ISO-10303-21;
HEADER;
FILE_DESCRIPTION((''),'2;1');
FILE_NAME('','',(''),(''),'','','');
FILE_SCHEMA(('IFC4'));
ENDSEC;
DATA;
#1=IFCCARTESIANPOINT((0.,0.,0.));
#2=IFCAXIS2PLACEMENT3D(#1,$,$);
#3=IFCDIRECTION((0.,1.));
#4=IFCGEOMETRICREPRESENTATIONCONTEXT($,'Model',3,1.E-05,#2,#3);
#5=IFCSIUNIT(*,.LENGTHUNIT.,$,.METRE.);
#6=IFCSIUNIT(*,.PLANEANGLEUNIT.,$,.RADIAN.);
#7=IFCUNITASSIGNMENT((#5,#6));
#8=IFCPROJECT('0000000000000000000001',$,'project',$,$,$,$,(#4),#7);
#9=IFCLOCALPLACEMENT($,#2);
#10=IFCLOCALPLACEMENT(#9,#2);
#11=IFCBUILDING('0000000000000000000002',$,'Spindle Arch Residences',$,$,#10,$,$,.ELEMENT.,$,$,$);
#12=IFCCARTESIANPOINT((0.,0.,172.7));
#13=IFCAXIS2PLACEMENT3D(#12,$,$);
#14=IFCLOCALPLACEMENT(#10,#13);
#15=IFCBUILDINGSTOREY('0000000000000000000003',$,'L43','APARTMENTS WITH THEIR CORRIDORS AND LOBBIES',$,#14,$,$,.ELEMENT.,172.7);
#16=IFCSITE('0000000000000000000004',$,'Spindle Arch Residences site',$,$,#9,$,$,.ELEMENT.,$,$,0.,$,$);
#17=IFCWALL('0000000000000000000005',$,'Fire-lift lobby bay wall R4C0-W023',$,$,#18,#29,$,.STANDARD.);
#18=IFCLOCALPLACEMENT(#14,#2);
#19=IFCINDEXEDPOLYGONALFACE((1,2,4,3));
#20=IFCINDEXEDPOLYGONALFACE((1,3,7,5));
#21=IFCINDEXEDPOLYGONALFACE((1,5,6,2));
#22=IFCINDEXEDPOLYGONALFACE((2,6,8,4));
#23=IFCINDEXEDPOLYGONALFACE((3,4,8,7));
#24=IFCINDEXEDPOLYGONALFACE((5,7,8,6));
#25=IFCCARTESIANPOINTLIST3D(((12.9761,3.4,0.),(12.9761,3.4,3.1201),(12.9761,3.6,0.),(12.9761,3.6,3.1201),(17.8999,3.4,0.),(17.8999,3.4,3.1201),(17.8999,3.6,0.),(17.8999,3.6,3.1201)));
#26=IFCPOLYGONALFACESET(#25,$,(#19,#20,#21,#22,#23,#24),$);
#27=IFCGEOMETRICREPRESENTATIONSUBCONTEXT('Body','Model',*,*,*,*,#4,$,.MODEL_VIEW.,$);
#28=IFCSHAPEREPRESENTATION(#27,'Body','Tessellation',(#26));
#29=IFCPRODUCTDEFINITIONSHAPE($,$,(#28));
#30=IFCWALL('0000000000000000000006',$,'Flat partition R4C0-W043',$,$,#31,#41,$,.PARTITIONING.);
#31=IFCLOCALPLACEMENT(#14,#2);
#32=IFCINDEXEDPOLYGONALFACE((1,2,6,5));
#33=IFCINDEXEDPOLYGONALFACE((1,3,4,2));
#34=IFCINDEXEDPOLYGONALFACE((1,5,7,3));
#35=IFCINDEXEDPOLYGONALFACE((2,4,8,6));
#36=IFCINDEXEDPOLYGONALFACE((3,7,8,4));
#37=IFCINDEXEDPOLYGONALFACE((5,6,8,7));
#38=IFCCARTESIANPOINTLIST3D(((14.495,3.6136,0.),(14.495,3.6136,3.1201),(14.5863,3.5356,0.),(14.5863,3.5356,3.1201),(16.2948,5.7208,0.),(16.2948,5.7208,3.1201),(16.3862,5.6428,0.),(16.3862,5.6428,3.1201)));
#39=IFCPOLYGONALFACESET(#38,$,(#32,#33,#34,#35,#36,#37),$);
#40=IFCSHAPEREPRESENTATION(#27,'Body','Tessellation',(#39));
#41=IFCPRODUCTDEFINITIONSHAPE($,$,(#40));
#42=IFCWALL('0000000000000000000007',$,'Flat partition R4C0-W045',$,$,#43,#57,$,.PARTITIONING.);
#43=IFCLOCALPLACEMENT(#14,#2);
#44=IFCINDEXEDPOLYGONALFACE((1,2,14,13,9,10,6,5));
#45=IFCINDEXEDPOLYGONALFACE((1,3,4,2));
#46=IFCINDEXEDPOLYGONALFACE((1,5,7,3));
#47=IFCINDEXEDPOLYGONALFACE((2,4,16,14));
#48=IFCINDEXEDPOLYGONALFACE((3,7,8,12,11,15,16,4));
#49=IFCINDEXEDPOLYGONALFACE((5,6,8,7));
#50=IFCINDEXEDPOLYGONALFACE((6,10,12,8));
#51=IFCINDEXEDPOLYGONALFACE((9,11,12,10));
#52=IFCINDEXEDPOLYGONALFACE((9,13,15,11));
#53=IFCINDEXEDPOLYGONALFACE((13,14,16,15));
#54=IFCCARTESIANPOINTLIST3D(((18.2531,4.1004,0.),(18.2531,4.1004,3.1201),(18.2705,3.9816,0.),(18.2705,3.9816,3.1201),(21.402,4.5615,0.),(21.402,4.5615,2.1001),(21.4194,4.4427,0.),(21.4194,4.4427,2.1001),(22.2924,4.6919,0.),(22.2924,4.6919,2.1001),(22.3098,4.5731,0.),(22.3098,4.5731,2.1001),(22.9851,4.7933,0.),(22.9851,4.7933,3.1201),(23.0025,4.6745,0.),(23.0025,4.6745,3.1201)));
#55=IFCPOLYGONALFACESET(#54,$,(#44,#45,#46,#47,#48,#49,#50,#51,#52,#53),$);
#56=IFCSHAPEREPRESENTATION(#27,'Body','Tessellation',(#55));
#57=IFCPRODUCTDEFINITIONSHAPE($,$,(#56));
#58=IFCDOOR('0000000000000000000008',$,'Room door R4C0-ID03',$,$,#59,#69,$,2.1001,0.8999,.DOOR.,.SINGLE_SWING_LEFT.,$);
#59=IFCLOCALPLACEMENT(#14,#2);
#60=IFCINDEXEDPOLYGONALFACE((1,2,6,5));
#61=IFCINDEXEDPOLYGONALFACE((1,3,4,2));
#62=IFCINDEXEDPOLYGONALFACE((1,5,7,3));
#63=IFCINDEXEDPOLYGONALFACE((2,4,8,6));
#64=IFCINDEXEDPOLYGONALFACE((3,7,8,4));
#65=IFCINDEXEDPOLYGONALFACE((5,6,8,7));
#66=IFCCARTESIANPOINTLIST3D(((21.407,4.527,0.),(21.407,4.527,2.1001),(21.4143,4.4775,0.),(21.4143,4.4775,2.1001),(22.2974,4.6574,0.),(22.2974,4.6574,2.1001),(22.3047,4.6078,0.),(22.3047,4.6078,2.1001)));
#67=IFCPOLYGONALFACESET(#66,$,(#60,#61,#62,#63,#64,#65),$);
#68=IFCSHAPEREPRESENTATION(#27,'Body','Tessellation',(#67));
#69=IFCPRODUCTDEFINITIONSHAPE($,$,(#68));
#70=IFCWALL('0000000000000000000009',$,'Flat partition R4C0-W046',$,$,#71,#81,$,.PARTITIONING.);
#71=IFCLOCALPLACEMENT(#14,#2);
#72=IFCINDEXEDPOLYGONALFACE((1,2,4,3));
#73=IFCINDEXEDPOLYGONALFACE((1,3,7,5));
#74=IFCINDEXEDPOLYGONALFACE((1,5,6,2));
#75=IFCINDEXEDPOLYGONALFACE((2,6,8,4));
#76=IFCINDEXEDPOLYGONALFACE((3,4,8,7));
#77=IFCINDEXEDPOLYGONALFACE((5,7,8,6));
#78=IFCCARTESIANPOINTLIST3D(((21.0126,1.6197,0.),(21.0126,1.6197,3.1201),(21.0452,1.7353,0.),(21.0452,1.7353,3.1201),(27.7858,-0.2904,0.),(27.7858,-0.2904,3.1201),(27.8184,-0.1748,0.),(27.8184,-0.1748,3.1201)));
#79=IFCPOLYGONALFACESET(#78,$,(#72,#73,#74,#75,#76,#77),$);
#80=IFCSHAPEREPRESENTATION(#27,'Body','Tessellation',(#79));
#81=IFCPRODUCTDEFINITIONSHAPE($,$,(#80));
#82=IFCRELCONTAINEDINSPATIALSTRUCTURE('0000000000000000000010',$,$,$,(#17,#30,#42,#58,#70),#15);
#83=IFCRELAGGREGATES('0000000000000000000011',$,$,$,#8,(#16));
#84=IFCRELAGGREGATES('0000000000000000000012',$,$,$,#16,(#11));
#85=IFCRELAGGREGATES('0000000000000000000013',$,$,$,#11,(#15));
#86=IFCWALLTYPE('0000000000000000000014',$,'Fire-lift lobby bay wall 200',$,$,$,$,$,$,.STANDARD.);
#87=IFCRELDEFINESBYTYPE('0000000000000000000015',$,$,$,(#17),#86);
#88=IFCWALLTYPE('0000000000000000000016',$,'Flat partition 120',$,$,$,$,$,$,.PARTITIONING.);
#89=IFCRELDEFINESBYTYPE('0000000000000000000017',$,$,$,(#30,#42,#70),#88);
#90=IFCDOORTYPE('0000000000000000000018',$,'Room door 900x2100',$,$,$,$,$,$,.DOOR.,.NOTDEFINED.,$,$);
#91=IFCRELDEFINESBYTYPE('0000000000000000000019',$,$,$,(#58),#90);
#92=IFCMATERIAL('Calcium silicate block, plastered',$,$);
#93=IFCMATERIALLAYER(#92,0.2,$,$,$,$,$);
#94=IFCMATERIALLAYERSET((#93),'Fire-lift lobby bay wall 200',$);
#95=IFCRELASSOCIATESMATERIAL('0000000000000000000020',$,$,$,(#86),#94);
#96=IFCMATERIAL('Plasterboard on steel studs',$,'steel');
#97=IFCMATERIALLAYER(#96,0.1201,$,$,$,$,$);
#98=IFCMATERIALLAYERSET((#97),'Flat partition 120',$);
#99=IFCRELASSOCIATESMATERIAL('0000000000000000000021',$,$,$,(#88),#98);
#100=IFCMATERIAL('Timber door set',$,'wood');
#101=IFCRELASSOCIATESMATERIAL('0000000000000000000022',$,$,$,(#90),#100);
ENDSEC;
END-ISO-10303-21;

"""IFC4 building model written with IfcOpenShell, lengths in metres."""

from ifc_helpers import new_model, si_unit, direction, frame, frame_2d, origin, place, context, subcontext, project, spatial, rectangle, extrude, material, layer, layer_set, type_object, element, fill, save


model = new_model("IFC4")

# Units and contexts
model_context = context("Model", 3, precision=1e-05, world=origin(), true_north=direction((0.0, 1.0)))
body_context = subcontext(model_context, "Body", "Model", "MODEL_VIEW")
ifc_project = project(units=[si_unit("LENGTHUNIT", "METRE"), si_unit("PLANEANGLEUNIT", "RADIAN")], contexts=[model_context])

# Site, building, storey
site_placement = place(None, origin())
site = spatial("IfcSite", under=ifc_project, at=site_placement, Name="Spindle Arch Residences site", CompositionType="ELEMENT", RefElevation=0.0)
building_placement = place(site_placement, origin())
building = spatial("IfcBuilding", under=site, at=building_placement, Name="Spindle Arch Residences", CompositionType="ELEMENT")
storey_placement = place(building_placement, frame((0.0, 0.0, 172.7)))
storey = spatial("IfcBuildingStorey", under=building, at=storey_placement, Name="L43", Description="APARTMENTS WITH THEIR CORRIDORS AND LOBBIES", CompositionType="ELEMENT", Elevation=172.7)

# Walls
ifc_material_1 = material(Name="Calcium silicate block, plastered")
ifc_layer_1 = layer(ifc_material_1, 0.2)
ifc_layer_set_1 = layer_set([ifc_layer_1], Name="Fire-lift lobby bay wall 200")
wall_type_1 = type_object("IfcWallType", Name="Fire-lift lobby bay wall 200", PredefinedType="STANDARD", material=ifc_layer_set_1)
wall_1_placement = place(storey_placement, frame((17.8999, 3.5, 0.0), z_axis=(0.0, 0.0, 1.0), x_axis=(-1.0, 0.0, 0.0)))
element("IfcWall", 1, at=wall_1_placement, inside=storey, type_object=wall_type_1, Name="Fire-lift lobby bay wall R4C0-W023", PredefinedType="STANDARD", context=body_context, shape_type="SweptSolid", body=[
    extrude(rectangle(XDim=4.9238, YDim=0.2, at=frame_2d((2.4619, 0.0))), origin(), (0.0, 0.0, 1.0), 3.1201),
])
ifc_material_2 = material(Name="Plasterboard on steel studs", Category="steel")
ifc_layer_2 = layer(ifc_material_2, 0.1201)
ifc_layer_set_2 = layer_set([ifc_layer_2], Name="Flat partition 120")
wall_type_2 = type_object("IfcWallType", Name="Flat partition 120", PredefinedType="PARTITIONING", material=ifc_layer_set_2)
wall_2_placement = place(storey_placement, frame((16.3406, 5.6819, 0.0), z_axis=(0.0, 0.0, 1.0), x_axis=(-0.64947, -0.760387, 0.0)))
element("IfcWall", 2, at=wall_2_placement, inside=storey, type_object=wall_type_2, Name="Flat partition R4C0-W043", PredefinedType="PARTITIONING", context=body_context, shape_type="SweptSolid", body=[
    extrude(rectangle(XDim=2.7712, YDim=0.1201, at=frame_2d((1.3857, 0.0))), origin(), (0.0, 0.0, 1.0), 3.1201),
])

# Wall, opening, door
wall_3_placement = place(storey_placement, frame((22.9937, 4.7339, 0.0), z_axis=(0.0, 0.0, 1.0), x_axis=(-0.989449, -0.14488, 0.0)))
wall_3 = element("IfcWall", 3, at=wall_3_placement, inside=storey, type_object=wall_type_2, Name="Flat partition R4C0-W045", PredefinedType="PARTITIONING", context=body_context, shape_type="SweptSolid", body=[
    extrude(rectangle(XDim=4.7825, YDim=0.1201, at=frame_2d((2.3911, 0.0))), origin(), (0.0, 0.0, 1.0), 3.1201),
])
opening_placement = place(wall_3_placement, frame((0.7, 0.0, 0.0)))
opening = element("IfcOpeningElement", 4, at=opening_placement, cuts=wall_3, PredefinedType="OPENING", context=body_context, shape_type="SweptSolid", body=[
    extrude(rectangle(XDim=0.8999, YDim=2.1001, at=frame_2d((0.45, 1.05))), frame((0.0, 0.0701, 0.0), z_axis=(0.0, -1.0, 0.0), x_axis=(1.0, 0.0, 0.0)), (0.0, 0.0, 1.0), 0.1401),
])
ifc_material_3 = material(Name="Timber door set", Category="wood")
door_type = type_object("IfcDoorType", Name="Room door 900x2100", OperationType="NOTDEFINED", PredefinedType="DOOR", material=ifc_material_3)
door_placement = place(opening_placement, origin())
door = element("IfcDoor", 5, at=door_placement, inside=storey, type_object=door_type, Name="Room door R4C0-ID03", OperationType="SINGLE_SWING_LEFT", OverallHeight=2.1001, OverallWidth=0.8999, PredefinedType="DOOR", context=body_context, shape_type="SweptSolid", body=[
    extrude(rectangle(XDim=0.8999, YDim=2.1001, at=frame_2d((0.45, 1.05))), frame((0.0, 0.0249, 0.0), z_axis=(0.0, -1.0, 0.0), x_axis=(1.0, 0.0, 0.0)), (0.0, 0.0, 1.0), 0.05),
])
fill(opening, door)

# Wall
wall_4_placement = place(storey_placement, frame((21.0291, 1.6775, 0.0), z_axis=(0.0, 0.0, 1.0), x_axis=(0.962458, -0.27143, 0.0)))
element("IfcWall", 6, at=wall_4_placement, inside=storey, type_object=wall_type_2, Name="Flat partition R4C0-W046", PredefinedType="PARTITIONING", context=body_context, shape_type="SweptSolid", body=[
    extrude(rectangle(XDim=7.0374, YDim=0.1201, at=frame_2d((3.5186, 0.0))), origin(), (0.0, 0.0, 1.0), 3.1201),
])

save(model, "model.ifc")
